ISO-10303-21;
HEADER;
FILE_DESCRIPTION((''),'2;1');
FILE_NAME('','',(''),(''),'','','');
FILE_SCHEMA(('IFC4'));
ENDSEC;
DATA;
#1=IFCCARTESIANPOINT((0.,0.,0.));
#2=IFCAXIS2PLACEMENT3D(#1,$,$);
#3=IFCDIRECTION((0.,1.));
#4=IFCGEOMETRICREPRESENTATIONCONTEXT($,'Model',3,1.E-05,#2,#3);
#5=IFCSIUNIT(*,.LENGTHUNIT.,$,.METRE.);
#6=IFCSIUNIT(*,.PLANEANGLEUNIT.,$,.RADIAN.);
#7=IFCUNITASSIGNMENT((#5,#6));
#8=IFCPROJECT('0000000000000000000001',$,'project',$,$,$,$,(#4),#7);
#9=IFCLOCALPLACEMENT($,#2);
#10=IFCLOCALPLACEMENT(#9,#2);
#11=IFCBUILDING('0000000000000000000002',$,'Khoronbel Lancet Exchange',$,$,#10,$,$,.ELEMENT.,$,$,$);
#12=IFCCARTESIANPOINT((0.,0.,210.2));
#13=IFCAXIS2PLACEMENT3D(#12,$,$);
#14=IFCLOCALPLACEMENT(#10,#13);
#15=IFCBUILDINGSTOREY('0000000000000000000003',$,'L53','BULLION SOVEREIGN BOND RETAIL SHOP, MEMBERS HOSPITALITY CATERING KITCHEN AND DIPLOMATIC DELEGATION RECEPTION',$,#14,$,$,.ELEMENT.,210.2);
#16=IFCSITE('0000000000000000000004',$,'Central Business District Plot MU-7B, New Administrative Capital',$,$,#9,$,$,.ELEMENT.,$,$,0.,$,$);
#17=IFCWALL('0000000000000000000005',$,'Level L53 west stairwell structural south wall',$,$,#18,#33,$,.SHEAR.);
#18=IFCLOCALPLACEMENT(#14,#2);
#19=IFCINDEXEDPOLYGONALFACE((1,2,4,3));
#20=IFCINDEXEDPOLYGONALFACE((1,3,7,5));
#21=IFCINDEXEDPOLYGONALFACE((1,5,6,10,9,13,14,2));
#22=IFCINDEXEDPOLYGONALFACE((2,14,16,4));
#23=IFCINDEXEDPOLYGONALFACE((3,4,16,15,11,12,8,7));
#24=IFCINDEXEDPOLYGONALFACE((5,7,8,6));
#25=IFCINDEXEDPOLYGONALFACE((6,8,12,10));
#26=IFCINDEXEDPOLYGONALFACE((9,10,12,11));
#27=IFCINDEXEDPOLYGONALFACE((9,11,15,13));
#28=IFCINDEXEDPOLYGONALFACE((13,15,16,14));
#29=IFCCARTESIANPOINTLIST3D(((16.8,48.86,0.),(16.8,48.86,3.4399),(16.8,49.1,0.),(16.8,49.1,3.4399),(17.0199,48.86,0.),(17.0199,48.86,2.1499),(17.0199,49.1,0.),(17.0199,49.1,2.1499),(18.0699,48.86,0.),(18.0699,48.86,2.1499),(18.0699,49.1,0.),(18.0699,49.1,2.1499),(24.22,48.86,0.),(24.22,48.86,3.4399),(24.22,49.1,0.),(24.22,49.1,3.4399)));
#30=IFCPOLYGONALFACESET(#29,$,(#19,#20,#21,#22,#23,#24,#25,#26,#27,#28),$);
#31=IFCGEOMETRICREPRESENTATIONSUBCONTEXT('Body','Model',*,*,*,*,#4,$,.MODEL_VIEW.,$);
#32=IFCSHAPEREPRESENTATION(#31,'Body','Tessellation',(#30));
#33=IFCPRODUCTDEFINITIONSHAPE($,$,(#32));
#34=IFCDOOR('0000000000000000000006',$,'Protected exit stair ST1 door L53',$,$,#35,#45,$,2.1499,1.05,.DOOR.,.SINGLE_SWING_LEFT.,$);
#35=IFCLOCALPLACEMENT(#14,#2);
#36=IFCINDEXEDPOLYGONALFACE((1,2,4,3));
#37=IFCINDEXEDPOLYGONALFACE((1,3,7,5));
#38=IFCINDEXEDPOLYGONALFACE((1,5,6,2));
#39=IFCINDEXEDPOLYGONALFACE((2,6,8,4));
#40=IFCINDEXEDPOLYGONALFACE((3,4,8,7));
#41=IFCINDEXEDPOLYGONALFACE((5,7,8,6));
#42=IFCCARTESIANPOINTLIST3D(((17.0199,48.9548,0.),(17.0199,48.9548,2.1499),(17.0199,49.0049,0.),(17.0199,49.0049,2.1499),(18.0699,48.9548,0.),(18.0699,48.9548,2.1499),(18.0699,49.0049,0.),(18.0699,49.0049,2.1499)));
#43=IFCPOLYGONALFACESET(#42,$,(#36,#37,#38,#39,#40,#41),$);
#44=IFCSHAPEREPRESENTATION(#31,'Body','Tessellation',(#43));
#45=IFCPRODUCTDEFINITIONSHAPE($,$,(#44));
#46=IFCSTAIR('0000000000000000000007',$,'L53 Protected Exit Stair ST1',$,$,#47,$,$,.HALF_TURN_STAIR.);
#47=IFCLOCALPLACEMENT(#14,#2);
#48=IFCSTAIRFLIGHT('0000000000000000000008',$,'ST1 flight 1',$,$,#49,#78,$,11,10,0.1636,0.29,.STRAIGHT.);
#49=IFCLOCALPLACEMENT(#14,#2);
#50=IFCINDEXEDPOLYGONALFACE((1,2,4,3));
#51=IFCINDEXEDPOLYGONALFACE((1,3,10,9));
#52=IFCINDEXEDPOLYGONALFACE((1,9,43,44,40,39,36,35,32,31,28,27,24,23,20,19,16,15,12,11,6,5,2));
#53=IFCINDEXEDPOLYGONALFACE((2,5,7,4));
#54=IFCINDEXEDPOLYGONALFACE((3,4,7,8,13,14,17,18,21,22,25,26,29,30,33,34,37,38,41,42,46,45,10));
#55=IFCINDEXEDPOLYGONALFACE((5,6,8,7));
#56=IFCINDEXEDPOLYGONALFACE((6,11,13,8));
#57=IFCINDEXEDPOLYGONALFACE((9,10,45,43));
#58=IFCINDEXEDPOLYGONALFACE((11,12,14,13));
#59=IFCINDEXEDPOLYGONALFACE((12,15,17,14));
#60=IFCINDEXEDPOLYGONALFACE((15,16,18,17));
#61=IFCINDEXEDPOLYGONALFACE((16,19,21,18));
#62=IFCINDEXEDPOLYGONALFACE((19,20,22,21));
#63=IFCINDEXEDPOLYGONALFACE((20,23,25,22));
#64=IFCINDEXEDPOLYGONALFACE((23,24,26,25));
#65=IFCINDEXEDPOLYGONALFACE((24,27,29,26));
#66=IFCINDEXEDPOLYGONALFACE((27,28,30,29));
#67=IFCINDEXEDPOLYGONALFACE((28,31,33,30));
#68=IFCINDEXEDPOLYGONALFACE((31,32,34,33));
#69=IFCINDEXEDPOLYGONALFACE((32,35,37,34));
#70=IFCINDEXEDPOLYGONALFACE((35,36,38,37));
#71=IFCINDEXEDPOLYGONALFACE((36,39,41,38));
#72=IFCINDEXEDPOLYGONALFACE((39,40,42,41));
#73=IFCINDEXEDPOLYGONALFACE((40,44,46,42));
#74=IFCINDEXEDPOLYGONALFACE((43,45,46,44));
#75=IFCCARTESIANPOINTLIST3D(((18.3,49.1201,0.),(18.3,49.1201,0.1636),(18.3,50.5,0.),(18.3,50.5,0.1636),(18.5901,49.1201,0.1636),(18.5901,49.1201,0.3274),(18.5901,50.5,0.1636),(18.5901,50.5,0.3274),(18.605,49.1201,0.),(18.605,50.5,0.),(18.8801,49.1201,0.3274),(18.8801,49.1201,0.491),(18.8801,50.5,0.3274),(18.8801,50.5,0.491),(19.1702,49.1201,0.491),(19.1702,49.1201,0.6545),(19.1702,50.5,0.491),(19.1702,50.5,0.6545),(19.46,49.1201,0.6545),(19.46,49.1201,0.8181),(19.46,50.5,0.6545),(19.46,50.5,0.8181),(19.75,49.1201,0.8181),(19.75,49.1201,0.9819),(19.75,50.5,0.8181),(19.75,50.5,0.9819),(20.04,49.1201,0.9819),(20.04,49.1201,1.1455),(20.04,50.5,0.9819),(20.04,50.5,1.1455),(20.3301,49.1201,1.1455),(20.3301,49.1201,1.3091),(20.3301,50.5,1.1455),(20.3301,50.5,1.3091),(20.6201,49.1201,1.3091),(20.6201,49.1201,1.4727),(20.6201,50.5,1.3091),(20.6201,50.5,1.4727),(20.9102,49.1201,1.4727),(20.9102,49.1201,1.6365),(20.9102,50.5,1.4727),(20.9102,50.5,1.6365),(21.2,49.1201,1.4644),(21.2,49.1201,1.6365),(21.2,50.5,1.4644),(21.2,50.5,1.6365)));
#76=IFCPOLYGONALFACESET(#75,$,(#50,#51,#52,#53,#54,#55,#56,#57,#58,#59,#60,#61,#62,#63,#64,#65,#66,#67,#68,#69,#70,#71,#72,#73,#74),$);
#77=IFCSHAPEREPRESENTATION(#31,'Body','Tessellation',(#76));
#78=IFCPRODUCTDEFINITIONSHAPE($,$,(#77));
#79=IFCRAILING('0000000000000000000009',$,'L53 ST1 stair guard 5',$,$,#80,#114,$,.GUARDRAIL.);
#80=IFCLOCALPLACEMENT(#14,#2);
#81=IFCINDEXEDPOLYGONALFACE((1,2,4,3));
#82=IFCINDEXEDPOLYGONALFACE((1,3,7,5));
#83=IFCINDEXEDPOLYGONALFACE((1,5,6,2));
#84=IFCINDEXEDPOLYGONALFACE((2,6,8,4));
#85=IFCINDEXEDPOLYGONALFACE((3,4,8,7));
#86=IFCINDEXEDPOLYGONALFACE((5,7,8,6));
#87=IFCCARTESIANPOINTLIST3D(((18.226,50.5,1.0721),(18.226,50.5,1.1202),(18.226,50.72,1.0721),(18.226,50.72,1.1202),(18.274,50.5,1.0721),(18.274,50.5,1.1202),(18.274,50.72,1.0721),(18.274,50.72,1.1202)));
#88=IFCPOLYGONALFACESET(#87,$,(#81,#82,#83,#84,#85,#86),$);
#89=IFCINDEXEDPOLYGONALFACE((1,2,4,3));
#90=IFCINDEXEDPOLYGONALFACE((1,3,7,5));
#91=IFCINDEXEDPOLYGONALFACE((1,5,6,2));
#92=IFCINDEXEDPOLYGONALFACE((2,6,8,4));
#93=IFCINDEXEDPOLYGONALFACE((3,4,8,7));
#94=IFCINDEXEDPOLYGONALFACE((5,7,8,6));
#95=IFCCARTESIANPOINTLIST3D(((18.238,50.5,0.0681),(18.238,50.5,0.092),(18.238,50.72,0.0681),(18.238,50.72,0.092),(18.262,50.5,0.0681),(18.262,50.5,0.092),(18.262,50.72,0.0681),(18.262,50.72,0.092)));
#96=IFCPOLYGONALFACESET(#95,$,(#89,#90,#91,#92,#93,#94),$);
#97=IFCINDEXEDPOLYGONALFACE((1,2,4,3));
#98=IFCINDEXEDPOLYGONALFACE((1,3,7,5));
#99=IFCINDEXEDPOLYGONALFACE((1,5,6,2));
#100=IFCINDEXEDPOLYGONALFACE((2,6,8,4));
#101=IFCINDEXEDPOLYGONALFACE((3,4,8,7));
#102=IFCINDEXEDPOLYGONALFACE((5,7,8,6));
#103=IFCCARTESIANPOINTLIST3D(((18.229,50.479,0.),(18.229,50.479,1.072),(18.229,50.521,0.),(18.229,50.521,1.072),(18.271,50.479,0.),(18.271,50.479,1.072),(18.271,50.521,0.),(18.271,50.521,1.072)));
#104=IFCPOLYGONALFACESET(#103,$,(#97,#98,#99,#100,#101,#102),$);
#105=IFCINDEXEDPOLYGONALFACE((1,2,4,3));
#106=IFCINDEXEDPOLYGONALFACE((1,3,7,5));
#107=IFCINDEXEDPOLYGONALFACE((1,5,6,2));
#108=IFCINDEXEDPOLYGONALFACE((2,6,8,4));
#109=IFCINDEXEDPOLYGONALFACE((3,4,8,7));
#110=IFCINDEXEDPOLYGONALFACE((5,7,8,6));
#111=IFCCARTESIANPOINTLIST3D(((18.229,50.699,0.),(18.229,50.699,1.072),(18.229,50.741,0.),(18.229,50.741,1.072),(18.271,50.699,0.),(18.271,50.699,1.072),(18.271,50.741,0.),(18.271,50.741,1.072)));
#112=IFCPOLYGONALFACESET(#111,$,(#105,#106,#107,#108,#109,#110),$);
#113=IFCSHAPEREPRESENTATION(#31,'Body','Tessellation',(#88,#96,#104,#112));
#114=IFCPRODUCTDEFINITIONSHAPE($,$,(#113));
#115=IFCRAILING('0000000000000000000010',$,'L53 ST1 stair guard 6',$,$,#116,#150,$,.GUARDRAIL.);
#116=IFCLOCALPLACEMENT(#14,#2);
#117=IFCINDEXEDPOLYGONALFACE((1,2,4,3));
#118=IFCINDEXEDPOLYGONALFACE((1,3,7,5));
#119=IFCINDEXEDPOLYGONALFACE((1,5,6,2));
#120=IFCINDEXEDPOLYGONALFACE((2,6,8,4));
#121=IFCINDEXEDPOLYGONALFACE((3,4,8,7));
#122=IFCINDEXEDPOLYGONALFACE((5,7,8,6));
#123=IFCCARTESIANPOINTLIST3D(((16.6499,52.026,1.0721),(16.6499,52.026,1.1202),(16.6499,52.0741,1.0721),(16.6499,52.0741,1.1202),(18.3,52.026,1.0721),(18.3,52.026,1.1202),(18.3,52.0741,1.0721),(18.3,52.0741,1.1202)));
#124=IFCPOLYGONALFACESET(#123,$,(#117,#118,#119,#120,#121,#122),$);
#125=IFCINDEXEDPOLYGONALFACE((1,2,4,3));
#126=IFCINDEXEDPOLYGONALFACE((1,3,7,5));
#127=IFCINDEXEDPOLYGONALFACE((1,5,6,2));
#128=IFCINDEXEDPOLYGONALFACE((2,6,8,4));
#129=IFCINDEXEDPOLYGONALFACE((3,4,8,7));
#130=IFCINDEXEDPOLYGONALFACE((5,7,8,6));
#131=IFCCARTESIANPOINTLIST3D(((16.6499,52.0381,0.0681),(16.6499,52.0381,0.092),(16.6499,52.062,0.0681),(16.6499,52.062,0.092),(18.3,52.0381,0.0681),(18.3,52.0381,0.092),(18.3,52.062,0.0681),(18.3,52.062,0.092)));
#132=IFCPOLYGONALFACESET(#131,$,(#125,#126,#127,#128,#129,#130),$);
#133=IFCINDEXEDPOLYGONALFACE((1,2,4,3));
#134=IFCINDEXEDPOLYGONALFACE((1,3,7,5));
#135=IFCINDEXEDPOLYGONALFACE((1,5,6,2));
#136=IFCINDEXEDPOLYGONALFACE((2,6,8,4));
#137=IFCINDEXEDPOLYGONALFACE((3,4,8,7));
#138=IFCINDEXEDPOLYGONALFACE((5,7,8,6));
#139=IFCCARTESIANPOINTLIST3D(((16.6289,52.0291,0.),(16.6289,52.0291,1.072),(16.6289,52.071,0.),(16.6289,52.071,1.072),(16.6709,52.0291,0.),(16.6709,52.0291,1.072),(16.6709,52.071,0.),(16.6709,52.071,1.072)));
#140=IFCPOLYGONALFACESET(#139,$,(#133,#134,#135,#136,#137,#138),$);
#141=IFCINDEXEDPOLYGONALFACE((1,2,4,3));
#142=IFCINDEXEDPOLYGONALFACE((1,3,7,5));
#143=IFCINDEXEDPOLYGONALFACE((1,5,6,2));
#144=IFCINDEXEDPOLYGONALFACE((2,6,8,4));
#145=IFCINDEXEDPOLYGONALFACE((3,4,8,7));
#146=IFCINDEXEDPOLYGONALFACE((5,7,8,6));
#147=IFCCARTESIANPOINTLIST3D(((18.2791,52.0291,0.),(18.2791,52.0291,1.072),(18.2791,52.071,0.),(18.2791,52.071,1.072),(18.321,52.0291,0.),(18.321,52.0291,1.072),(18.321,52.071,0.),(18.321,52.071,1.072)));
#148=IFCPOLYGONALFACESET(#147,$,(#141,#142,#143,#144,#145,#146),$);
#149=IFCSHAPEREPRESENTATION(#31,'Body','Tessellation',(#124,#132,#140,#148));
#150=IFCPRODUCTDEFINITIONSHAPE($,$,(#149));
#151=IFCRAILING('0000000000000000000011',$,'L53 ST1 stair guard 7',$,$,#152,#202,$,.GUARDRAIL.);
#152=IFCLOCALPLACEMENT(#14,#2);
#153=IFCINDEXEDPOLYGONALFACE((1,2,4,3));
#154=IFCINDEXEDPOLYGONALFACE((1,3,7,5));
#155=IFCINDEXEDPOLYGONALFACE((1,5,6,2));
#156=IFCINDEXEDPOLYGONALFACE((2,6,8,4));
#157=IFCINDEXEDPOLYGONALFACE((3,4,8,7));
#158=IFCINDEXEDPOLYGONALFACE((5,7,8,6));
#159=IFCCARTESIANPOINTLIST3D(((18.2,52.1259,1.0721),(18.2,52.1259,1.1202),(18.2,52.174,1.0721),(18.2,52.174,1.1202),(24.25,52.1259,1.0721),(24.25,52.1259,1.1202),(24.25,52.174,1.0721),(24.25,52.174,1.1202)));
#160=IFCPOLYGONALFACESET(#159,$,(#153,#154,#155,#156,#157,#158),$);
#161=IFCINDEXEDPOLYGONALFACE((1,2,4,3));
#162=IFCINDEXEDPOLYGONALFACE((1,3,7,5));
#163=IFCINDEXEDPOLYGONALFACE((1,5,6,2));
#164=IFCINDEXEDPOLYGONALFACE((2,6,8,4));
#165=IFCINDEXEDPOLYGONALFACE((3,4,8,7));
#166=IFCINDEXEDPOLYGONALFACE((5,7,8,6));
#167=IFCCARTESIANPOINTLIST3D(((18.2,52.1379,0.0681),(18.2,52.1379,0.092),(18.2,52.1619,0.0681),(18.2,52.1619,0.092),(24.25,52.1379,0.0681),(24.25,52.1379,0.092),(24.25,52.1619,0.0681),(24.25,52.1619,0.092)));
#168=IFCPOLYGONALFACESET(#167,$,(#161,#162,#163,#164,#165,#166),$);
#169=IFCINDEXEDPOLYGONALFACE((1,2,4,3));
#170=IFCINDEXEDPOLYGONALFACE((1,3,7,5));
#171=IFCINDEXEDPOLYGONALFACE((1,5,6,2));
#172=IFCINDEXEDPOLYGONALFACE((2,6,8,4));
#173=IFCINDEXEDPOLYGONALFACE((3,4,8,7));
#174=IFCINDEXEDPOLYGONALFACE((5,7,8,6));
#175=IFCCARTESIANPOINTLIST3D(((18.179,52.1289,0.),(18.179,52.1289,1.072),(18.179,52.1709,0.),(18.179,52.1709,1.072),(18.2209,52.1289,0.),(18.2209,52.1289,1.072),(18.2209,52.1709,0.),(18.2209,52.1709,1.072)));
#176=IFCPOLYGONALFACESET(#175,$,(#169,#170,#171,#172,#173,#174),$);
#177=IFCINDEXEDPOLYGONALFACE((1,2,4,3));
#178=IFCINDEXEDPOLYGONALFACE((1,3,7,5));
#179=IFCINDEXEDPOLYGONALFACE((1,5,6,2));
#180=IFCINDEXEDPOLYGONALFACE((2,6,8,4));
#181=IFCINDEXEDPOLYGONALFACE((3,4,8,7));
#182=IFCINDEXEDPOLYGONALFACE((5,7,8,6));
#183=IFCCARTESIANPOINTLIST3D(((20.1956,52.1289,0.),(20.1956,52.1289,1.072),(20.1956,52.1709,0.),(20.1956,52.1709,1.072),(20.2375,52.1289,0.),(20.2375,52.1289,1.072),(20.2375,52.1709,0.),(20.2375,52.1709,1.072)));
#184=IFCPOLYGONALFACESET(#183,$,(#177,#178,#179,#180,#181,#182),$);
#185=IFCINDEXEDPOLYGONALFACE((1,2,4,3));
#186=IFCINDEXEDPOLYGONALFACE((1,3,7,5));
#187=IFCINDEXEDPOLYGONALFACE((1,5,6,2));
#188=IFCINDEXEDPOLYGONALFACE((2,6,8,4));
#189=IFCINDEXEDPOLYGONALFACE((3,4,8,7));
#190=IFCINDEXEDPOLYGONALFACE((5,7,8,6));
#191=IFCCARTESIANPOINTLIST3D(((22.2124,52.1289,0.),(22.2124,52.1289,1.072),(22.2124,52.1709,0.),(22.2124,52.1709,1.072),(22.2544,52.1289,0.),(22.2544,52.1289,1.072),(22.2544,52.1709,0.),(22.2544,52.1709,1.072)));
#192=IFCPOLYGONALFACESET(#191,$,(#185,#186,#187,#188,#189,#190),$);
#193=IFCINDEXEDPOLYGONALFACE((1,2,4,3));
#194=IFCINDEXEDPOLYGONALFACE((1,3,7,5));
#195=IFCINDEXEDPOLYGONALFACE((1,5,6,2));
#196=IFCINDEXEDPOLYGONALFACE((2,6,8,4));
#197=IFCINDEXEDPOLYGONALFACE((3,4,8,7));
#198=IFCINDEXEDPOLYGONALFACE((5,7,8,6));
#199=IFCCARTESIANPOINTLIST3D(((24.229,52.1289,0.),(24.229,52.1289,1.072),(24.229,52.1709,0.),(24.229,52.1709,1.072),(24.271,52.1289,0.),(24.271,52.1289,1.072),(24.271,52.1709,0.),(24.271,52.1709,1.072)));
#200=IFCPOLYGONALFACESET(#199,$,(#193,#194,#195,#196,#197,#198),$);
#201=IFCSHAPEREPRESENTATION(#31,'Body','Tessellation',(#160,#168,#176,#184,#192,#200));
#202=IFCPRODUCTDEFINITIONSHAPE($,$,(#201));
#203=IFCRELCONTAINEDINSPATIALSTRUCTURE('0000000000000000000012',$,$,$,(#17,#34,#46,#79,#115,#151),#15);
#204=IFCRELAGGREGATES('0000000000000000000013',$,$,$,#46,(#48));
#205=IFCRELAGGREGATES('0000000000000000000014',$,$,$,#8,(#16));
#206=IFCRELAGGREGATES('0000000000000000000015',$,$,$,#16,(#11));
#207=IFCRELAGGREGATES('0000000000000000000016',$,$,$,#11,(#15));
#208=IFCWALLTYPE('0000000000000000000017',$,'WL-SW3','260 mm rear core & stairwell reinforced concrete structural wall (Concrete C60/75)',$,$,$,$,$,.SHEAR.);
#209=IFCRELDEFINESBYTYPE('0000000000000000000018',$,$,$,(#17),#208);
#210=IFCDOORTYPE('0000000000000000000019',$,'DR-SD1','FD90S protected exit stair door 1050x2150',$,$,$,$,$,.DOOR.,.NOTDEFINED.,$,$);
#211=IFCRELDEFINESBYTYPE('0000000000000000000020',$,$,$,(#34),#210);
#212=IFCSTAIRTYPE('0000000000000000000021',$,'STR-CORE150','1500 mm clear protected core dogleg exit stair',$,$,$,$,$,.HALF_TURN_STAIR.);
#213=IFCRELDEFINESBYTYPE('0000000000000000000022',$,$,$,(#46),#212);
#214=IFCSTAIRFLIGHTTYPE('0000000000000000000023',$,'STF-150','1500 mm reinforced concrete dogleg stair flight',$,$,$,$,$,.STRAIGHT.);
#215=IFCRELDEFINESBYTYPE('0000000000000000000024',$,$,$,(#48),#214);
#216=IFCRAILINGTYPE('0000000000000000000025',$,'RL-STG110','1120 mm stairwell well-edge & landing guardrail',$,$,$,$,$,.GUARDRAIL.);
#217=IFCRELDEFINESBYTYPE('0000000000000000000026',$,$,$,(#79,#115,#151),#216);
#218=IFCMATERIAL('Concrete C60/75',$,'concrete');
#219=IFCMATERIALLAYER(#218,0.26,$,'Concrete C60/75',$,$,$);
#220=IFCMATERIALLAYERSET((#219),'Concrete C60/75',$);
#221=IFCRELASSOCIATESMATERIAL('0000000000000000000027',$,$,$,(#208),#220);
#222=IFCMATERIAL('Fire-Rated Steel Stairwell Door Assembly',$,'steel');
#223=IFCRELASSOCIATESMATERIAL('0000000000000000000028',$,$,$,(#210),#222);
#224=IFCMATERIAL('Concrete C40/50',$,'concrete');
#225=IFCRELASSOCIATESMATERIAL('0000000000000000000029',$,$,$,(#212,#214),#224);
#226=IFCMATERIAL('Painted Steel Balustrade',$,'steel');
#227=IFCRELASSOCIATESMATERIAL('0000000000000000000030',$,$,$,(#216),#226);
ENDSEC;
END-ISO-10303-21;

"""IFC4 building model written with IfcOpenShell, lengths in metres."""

from ifc_helpers import new_model, si_unit, direction, frame, frame_2d, origin, origin_2d, place, context, subcontext, project, spatial, polyline, rectangle, outline, extrude, material, layer, layer_set, type_object, element, fill, aggregate, save


model = new_model("IFC4")

# Units and contexts
model_context = context("Model", 3, precision=1e-05, world=origin(), true_north=direction((0.0, 1.0)))
body_context = subcontext(model_context, "Body", "Model", "MODEL_VIEW")
ifc_project = project(units=[si_unit("LENGTHUNIT", "METRE"), si_unit("PLANEANGLEUNIT", "RADIAN")], contexts=[model_context])

# Site, building, storey
site_placement = place(None, origin())
site = spatial("IfcSite", under=ifc_project, at=site_placement, Name="Central Business District Plot MU-7B, New Administrative Capital", CompositionType="ELEMENT", RefElevation=0.0)
building_placement = place(site_placement, origin())
building = spatial("IfcBuilding", under=site, at=building_placement, Name="Khoronbel Lancet Exchange", CompositionType="ELEMENT")
storey_placement = place(building_placement, frame((0.0, 0.0, 210.2)))
storey = spatial("IfcBuildingStorey", under=building, at=storey_placement, Name="L53", Description="BULLION SOVEREIGN BOND RETAIL SHOP, MEMBERS HOSPITALITY CATERING KITCHEN AND DIPLOMATIC DELEGATION RECEPTION", CompositionType="ELEMENT", Elevation=210.2)

# Shared definitions
ifc_material_1 = material(Name="Concrete C60/75", Category="concrete")

# Wall, opening, door
ifc_layer_1 = layer(ifc_material_1, 0.26, Name="Concrete C60/75")
ifc_layer_set_1 = layer_set([ifc_layer_1], Name="Concrete C60/75")
wall_type_1 = type_object("IfcWallType", Name="WL-SW3", Description="260 mm rear core & stairwell reinforced concrete structural wall (Concrete C60/75)", PredefinedType="SHEAR", material=ifc_layer_set_1)
wall_1_placement = place(storey_placement, frame((16.8, 48.98, 0.0), z_axis=(0.0, 0.0, 1.0), x_axis=(1.0, 0.0, 0.0)))
wall_1 = element("IfcWall", 1, at=wall_1_placement, inside=storey, type_object=wall_type_1, Name="Level L53 west stairwell structural south wall", PredefinedType="SHEAR", context=body_context, shape_type="SweptSolid", body=[
    extrude(rectangle(XDim=7.4199, YDim=0.24, at=frame_2d((3.71, 0.0))), origin(), (0.0, 0.0, 1.0), 3.4399),
])
opening_placement = place(wall_1_placement, frame((0.22, 0.0, 0.0)))
opening = element("IfcOpeningElement", 2, at=opening_placement, cuts=wall_1, PredefinedType="OPENING", context=body_context, shape_type="SweptSolid", body=[
    extrude(rectangle(XDim=1.05, YDim=2.1499, at=frame_2d((0.5249, 1.075))), frame((0.0, 0.1299, 0.0), z_axis=(0.0, -1.0, 0.0), x_axis=(1.0, 0.0, 0.0)), (0.0, 0.0, 1.0), 0.26),
])
ifc_material_2 = material(Name="Fire-Rated Steel Stairwell Door Assembly", Category="steel")
door_type = type_object("IfcDoorType", Name="DR-SD1", Description="FD90S protected exit stair door 1050x2150", OperationType="NOTDEFINED", PredefinedType="DOOR", material=ifc_material_2)
door_placement = place(opening_placement, origin())
door = element("IfcDoor", 3, at=door_placement, inside=storey, type_object=door_type, Name="Protected exit stair ST1 door L53", OperationType="SINGLE_SWING_LEFT", OverallHeight=2.1499, OverallWidth=1.05, PredefinedType="DOOR", context=body_context, shape_type="SweptSolid", body=[
    extrude(rectangle(XDim=1.05, YDim=2.1499, at=frame_2d((0.5249, 1.075))), frame((0.0, 0.0249, 0.0), z_axis=(0.0, -1.0, 0.0), x_axis=(1.0, 0.0, 0.0)), (0.0, 0.0, 1.0), 0.05),
])
fill(opening, door)

# Stair, stair flight
ifc_material_3 = material(Name="Concrete C40/50", Category="concrete")
stair_type = type_object("IfcStairType", Name="STR-CORE150", Description="1500 mm clear protected core dogleg exit stair", PredefinedType="HALF_TURN_STAIR", material=ifc_material_3)
stair_placement = place(storey_placement, origin())
stair = element("IfcStair", 4, at=stair_placement, inside=storey, type_object=stair_type, Name="L53 Protected Exit Stair ST1", PredefinedType="HALF_TURN_STAIR")
stair_flight_type = type_object("IfcStairFlightType", Name="STF-150", Description="1500 mm reinforced concrete dogleg stair flight", PredefinedType="STRAIGHT", material=ifc_material_3)
stair_flight_placement = place(storey_placement, frame((18.3, 49.8101, 0.0), z_axis=(0.0, 0.0, 1.0), x_axis=(1.0, 0.0, 0.0)))
stair_flight = element("IfcStairFlight", 5, at=stair_flight_placement, type_object=stair_flight_type, Name="ST1 flight 1", NumberOfRisers=11, NumberOfTreads=10, PredefinedType="STRAIGHT", RiserHeight=0.1636, TreadLength=0.29, context=body_context, shape_type="SweptSolid", body=[
    extrude(outline(polyline([(0.0, 0.0), (0.0, 0.1636), (0.29, 0.1636), (0.29, 0.3274), (0.5801, 0.3274), (0.5801, 0.491), (0.8701, 0.491), (0.8701, 0.6545), (1.1599, 0.6545), (1.1599, 0.8181), (1.45, 0.8181), (1.45, 0.9819), (1.74, 0.9819), (1.74, 1.1455), (2.03, 1.1455), (2.03, 1.3091), (2.3201, 1.3091), (2.3201, 1.4727), (2.6101, 1.4727), (2.6101, 1.6365), (2.8999, 1.6365), (2.8999, 1.8), (2.8999, 1.4644), (0.3049, 0.0), (0.0, 0.0)])), frame((0.0, 0.6899, 0.0), z_axis=(0.0, -1.0, 0.0), x_axis=(1.0, 0.0, 0.0)), (0.0, 0.0, 1.0), 1.3799),
])
aggregate(stair, [stair_flight])

# Railings
ifc_material_4 = material(Name="Painted Steel Balustrade", Category="steel")
railing_type_1 = type_object("IfcRailingType", Name="RL-STG110", Description="1120 mm stairwell well-edge & landing guardrail", PredefinedType="GUARDRAIL", material=ifc_material_4)
railing_1_placement = place(storey_placement, frame((18.25, 50.5, 0.0)))
element("IfcRailing", 6, at=railing_1_placement, inside=storey, type_object=railing_type_1, Name="L53 ST1 stair guard 5", PredefinedType="GUARDRAIL", context=body_context, shape_type="SweptSolid", body=[
    extrude(rectangle(XDim=0.0481, YDim=0.0481, at=origin_2d()), frame((0.0, 0.0, 1.0962), z_axis=(0.0, 1.0, 0.0), x_axis=(-1.0, 0.0, 0.0)), (0.0, 0.0, 1.0), 0.22),
    extrude(rectangle(XDim=0.0239, YDim=0.0239, at=origin_2d()), frame((0.0, 0.0, 0.0801), z_axis=(0.0, 1.0, 0.0), x_axis=(-1.0, 0.0, 0.0)), (0.0, 0.0, 1.0), 0.22),
    extrude(rectangle(XDim=0.042, YDim=0.042, at=origin_2d()), origin(), (0.0, 0.0, 1.0), 1.072),
    extrude(rectangle(XDim=0.042, YDim=0.042, at=origin_2d()), frame((0.0, 0.22, 0.0)), (0.0, 0.0, 1.0), 1.072),
])
railing_2_placement = place(storey_placement, frame((16.6499, 52.05, 0.0)))
element("IfcRailing", 7, at=railing_2_placement, inside=storey, type_object=railing_type_1, Name="L53 ST1 stair guard 6", PredefinedType="GUARDRAIL", context=body_context, shape_type="SweptSolid", body=[
    extrude(rectangle(XDim=0.0481, YDim=0.0481, at=origin_2d()), frame((0.0, 0.0, 1.0962), z_axis=(1.0, 0.0, 0.0), x_axis=(0.0, 1.0, 0.0)), (0.0, 0.0, 1.0), 1.6501),
    extrude(rectangle(XDim=0.0239, YDim=0.0239, at=origin_2d()), frame((0.0, 0.0, 0.0801), z_axis=(1.0, 0.0, 0.0), x_axis=(0.0, 1.0, 0.0)), (0.0, 0.0, 1.0), 1.6501),
    extrude(rectangle(XDim=0.042, YDim=0.042, at=origin_2d()), origin(), (0.0, 0.0, 1.0), 1.072),
    extrude(rectangle(XDim=0.042, YDim=0.042, at=origin_2d()), frame((1.6501, 0.0, 0.0)), (0.0, 0.0, 1.0), 1.072),
])
railing_3_placement = place(storey_placement, frame((18.2, 52.1499, 0.0)))
element("IfcRailing", 8, at=railing_3_placement, inside=storey, type_object=railing_type_1, Name="L53 ST1 stair guard 7", PredefinedType="GUARDRAIL", context=body_context, shape_type="SweptSolid", body=[
    extrude(rectangle(XDim=0.0481, YDim=0.0481, at=origin_2d()), frame((0.0, 0.0, 1.0962), z_axis=(1.0, 0.0, 0.0), x_axis=(0.0, 1.0, 0.0)), (0.0, 0.0, 1.0), 6.05),
    extrude(rectangle(XDim=0.0239, YDim=0.0239, at=origin_2d()), frame((0.0, 0.0, 0.0801), z_axis=(1.0, 0.0, 0.0), x_axis=(0.0, 1.0, 0.0)), (0.0, 0.0, 1.0), 6.05),
    extrude(rectangle(XDim=0.042, YDim=0.042, at=origin_2d()), origin(), (0.0, 0.0, 1.0), 1.072),
    extrude(rectangle(XDim=0.042, YDim=0.042, at=origin_2d()), frame((2.0166, 0.0, 0.0)), (0.0, 0.0, 1.0), 1.072),
    extrude(rectangle(XDim=0.042, YDim=0.042, at=origin_2d()), frame((4.0334, 0.0, 0.0)), (0.0, 0.0, 1.0), 1.072),
    extrude(rectangle(XDim=0.042, YDim=0.042, at=origin_2d()), frame((6.05, 0.0, 0.0)), (0.0, 0.0, 1.0), 1.072),
])

save(model, "model.ifc")
